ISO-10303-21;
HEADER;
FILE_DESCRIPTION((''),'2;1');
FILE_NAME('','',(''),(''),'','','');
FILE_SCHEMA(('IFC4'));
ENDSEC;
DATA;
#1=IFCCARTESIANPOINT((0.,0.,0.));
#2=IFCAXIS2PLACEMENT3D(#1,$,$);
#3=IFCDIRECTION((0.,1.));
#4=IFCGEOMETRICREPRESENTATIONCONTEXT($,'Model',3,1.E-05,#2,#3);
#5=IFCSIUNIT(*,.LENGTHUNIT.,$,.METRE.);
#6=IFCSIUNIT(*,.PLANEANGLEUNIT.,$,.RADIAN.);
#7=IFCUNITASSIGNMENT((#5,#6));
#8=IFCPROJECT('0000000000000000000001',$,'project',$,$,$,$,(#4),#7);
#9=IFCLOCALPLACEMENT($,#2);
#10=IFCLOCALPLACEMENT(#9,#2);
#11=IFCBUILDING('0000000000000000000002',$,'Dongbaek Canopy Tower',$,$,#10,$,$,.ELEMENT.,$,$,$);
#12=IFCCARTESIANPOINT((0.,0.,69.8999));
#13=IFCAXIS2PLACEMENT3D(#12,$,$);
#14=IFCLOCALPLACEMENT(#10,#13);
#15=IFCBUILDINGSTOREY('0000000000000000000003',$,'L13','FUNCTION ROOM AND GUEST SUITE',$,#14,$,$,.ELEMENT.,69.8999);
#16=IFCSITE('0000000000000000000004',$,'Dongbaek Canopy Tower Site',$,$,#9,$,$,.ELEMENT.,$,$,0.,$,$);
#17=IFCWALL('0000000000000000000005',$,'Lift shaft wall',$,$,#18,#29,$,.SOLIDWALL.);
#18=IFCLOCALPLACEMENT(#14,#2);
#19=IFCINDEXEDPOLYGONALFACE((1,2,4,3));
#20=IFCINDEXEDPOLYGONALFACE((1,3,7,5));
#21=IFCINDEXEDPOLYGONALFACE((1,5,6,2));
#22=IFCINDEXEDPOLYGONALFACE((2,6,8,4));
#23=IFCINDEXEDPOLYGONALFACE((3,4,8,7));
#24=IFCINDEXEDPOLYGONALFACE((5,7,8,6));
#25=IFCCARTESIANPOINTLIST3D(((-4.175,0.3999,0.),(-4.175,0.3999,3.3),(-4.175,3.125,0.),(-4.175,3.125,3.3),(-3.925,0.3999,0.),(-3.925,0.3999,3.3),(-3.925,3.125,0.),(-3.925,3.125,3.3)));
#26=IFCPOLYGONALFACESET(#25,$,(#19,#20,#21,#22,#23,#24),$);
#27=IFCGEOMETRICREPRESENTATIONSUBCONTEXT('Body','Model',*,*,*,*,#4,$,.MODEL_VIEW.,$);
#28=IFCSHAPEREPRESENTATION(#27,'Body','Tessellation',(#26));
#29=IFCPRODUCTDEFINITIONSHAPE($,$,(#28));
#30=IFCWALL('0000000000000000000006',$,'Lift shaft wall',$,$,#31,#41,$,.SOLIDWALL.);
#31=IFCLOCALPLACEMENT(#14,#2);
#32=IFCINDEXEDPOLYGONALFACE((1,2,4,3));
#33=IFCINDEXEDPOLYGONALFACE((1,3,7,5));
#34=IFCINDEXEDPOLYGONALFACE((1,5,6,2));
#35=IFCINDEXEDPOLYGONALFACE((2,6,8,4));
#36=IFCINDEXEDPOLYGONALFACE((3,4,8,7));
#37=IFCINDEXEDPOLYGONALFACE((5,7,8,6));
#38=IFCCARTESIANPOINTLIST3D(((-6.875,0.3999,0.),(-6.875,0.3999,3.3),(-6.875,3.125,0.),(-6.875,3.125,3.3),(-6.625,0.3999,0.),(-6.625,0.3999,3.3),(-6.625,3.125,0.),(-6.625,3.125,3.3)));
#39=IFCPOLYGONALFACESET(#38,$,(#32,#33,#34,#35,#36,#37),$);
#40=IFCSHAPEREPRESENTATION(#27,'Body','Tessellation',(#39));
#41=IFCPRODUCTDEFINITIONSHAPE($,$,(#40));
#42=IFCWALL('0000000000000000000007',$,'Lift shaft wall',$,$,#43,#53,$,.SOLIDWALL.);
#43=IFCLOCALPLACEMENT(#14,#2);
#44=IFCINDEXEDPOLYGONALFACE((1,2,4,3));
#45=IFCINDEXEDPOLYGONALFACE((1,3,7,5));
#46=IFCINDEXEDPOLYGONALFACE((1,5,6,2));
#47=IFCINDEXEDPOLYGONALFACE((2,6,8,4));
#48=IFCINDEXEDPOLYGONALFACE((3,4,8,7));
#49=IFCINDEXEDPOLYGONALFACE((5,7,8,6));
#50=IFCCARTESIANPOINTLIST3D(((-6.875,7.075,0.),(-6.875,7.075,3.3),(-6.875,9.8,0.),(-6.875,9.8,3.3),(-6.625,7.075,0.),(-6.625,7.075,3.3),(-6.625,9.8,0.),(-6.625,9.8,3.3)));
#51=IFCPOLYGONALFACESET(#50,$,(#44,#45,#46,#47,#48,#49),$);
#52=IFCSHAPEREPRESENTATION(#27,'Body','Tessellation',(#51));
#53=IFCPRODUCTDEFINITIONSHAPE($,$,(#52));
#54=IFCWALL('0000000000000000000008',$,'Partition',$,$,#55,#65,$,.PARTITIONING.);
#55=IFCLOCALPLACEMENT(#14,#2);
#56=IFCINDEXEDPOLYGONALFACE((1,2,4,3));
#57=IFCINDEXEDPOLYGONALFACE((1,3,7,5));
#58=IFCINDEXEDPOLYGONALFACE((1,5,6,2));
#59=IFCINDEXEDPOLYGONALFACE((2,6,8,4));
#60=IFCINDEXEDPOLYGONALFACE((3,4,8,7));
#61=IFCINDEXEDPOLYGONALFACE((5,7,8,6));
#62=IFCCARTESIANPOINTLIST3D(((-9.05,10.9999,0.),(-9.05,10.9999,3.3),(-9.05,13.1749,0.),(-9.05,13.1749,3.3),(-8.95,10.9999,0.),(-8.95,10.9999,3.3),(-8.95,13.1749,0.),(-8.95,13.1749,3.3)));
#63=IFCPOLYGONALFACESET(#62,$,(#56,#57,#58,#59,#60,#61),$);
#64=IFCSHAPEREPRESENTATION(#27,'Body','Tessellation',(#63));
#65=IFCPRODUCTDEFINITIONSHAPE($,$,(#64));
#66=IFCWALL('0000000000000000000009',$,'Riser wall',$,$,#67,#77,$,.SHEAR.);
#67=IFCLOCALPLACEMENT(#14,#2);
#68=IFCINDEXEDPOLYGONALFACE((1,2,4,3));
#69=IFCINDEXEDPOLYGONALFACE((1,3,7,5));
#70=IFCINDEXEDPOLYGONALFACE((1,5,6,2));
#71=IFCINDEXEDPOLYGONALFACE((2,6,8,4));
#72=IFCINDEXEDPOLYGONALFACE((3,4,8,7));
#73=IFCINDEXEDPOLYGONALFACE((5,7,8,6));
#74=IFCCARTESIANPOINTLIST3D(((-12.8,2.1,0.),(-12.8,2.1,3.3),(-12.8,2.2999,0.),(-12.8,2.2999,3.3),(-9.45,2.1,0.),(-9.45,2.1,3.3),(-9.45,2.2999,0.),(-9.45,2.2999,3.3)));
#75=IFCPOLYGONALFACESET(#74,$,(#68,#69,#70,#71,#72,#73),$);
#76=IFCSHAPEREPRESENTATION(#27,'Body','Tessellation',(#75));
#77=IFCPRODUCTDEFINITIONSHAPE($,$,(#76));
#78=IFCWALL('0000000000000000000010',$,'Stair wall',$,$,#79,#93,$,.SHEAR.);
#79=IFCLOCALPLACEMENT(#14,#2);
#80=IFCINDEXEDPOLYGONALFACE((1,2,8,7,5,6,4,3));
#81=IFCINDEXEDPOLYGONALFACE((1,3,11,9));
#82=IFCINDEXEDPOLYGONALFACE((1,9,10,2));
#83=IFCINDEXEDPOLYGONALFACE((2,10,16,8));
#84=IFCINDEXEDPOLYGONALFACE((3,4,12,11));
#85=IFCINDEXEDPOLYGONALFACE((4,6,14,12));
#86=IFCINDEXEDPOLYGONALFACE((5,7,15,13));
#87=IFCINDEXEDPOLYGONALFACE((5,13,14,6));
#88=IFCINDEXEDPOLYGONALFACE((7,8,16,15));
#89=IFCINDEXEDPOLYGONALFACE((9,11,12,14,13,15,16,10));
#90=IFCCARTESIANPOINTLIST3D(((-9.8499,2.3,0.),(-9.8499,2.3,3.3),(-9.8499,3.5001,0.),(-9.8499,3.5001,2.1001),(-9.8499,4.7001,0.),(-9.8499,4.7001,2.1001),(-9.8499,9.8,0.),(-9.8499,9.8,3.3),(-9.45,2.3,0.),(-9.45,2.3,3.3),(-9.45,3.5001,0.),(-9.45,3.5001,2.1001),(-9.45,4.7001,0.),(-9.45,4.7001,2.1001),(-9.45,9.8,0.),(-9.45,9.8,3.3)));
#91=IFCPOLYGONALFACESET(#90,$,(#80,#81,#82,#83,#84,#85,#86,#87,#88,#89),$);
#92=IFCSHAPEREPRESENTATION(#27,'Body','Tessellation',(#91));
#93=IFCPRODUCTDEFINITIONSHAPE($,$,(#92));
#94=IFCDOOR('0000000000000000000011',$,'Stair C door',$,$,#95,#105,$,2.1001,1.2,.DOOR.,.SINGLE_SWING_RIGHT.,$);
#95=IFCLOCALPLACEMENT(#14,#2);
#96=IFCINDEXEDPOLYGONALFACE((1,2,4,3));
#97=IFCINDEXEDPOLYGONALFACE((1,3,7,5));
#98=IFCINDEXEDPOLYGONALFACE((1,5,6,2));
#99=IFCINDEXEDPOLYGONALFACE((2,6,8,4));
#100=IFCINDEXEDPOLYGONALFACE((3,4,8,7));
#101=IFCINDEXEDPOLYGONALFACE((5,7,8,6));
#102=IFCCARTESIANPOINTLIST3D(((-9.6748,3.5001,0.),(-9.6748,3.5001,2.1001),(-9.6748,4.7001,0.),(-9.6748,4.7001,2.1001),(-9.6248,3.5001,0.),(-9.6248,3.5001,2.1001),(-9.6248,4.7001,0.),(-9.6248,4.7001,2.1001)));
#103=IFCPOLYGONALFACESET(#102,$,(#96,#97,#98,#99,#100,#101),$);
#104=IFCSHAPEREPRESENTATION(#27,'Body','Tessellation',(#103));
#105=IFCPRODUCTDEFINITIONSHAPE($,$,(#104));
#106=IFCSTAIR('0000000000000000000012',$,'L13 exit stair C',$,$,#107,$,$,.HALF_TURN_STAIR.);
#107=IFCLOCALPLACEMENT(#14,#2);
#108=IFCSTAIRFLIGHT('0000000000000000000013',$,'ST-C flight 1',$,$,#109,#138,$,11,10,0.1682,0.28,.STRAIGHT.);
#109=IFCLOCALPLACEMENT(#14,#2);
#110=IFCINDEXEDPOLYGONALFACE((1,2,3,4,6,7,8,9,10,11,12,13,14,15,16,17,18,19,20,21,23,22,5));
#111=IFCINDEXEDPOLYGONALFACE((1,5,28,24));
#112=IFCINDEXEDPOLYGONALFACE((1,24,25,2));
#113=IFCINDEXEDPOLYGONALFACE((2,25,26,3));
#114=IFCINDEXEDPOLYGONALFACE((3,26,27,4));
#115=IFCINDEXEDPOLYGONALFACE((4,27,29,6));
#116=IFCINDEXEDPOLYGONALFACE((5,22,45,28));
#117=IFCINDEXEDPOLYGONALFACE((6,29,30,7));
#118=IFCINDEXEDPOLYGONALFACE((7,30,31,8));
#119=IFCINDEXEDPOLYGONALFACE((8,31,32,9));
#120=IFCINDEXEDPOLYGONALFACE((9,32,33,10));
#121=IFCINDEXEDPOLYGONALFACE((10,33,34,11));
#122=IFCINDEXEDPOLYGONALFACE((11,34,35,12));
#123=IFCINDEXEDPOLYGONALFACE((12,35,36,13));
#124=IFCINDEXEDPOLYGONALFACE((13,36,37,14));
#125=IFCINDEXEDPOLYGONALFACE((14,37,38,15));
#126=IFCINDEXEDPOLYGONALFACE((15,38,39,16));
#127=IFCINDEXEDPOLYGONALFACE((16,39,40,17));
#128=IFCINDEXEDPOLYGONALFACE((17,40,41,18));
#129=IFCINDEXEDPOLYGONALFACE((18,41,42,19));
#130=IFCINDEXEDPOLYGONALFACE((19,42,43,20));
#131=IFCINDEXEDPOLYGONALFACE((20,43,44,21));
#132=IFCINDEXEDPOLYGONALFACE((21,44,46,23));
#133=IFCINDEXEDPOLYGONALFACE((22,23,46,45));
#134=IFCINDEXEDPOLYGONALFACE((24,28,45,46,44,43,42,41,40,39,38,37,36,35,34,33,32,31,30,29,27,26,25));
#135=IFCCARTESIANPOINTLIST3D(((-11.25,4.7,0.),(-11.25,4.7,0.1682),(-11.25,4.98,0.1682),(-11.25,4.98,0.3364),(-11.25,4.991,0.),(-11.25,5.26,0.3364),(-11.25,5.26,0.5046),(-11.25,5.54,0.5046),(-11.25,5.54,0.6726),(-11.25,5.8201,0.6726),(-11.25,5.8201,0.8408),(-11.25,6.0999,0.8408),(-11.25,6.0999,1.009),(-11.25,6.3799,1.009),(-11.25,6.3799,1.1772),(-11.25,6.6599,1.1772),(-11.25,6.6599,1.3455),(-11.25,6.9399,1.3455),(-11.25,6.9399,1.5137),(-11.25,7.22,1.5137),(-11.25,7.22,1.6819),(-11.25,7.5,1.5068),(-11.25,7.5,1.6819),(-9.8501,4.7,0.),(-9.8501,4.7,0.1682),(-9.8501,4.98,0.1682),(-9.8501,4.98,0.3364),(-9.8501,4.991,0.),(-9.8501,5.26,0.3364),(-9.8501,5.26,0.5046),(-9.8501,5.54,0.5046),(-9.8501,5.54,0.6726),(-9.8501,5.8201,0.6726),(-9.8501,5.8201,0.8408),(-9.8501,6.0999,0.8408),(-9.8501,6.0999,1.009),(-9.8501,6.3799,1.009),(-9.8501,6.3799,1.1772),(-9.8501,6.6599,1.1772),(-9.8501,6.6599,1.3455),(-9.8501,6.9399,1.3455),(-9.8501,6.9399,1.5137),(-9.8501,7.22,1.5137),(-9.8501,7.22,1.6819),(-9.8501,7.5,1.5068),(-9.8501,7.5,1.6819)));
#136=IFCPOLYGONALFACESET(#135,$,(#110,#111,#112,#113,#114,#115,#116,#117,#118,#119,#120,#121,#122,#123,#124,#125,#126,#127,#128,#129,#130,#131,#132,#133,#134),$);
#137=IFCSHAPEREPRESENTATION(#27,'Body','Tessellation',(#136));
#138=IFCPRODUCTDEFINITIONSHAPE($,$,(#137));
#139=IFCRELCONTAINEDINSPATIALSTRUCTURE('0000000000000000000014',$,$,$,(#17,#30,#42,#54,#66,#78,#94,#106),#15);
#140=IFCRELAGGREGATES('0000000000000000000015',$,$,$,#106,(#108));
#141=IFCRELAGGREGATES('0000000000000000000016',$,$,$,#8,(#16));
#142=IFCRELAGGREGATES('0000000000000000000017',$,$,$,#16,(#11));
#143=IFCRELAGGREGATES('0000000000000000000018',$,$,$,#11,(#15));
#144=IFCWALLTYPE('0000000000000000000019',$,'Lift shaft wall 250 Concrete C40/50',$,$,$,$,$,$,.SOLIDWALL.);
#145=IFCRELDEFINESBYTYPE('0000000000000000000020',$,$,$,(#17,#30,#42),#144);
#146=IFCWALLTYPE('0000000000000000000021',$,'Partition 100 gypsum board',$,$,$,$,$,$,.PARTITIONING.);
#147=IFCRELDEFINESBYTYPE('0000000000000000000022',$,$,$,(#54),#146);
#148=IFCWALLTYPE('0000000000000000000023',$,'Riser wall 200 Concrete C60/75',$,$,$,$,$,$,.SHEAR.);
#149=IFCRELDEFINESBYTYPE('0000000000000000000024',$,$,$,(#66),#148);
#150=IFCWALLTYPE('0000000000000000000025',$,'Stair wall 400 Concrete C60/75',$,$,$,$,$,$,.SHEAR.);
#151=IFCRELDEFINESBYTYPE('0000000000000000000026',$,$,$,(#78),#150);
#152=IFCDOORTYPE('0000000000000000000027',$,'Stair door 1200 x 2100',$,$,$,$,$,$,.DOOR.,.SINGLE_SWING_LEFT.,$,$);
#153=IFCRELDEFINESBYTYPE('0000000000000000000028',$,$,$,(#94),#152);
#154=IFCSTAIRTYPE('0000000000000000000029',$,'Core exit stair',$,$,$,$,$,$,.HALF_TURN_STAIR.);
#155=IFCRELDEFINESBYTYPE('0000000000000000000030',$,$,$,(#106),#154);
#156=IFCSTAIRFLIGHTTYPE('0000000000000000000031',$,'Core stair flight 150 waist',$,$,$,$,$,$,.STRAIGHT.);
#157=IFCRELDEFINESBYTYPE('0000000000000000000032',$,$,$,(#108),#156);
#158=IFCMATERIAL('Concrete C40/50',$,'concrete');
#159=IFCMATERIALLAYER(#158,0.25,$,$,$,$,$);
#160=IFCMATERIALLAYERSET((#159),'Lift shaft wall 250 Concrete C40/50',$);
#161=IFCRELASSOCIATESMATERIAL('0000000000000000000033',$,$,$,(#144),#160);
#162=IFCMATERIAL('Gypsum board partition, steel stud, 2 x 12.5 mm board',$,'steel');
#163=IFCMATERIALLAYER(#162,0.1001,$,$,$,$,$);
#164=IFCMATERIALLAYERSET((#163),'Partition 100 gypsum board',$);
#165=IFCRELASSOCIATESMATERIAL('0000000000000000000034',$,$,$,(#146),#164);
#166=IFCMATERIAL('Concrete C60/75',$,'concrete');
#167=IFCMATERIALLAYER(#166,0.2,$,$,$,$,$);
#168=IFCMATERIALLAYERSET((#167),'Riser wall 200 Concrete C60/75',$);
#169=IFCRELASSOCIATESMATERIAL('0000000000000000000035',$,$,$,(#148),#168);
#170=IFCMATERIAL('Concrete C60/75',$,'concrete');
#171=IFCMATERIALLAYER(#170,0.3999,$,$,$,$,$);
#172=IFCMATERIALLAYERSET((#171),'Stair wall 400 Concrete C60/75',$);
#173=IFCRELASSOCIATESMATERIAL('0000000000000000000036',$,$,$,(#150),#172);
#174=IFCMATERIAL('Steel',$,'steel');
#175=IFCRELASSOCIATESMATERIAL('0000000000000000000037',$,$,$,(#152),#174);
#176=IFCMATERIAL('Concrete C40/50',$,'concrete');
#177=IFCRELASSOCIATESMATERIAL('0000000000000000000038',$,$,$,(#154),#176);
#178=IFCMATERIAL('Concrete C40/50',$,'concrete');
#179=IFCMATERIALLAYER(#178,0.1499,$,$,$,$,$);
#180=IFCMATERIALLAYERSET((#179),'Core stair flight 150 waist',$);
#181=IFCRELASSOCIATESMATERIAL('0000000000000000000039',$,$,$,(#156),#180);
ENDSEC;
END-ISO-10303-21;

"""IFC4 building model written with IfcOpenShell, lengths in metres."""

from ifc_helpers import new_model, si_unit, direction, frame, frame_2d, origin, place, context, subcontext, project, spatial, polyline, rectangle, outline, extrude, material, layer, layer_set, type_object, element, fill, aggregate, save


model = new_model("IFC4")

# Units and contexts
model_context = context("Model", 3, precision=1e-05, world=origin(), true_north=direction((0.0, 1.0)))
body_context = subcontext(model_context, "Body", "Model", "MODEL_VIEW")
ifc_project = project(units=[si_unit("LENGTHUNIT", "METRE"), si_unit("PLANEANGLEUNIT", "RADIAN")], contexts=[model_context])

# Site, building, storey
site_placement = place(None, origin())
site = spatial("IfcSite", under=ifc_project, at=site_placement, Name="Dongbaek Canopy Tower Site", CompositionType="ELEMENT", RefElevation=0.0)
building_placement = place(site_placement, origin())
building = spatial("IfcBuilding", under=site, at=building_placement, Name="Dongbaek Canopy Tower", CompositionType="ELEMENT")
storey_placement = place(building_placement, frame((0.0, 0.0, 69.8999)))
storey = spatial("IfcBuildingStorey", under=building, at=storey_placement, Name="L13", Description="FUNCTION ROOM AND GUEST SUITE", CompositionType="ELEMENT", Elevation=69.8999)

# Walls
ifc_material_1 = material(Name="Concrete C40/50", Category="concrete")
ifc_layer_1 = layer(ifc_material_1, 0.25)
ifc_layer_set_1 = layer_set([ifc_layer_1], Name="Lift shaft wall 250 Concrete C40/50")
wall_type_1 = type_object("IfcWallType", Name="Lift shaft wall 250 Concrete C40/50", PredefinedType="SOLIDWALL", material=ifc_layer_set_1)
for number, where, z_axis, x_axis, name in (
    (1, (-4.05, 0.3999, 0.0), (0.0, 0.0, 1.0), (0.0, 1.0, 0.0), "Lift shaft wall"),
    (2, (-6.75, 0.3999, 0.0), (0.0, 0.0, 1.0), (0.0, 1.0, 0.0), "Lift shaft wall"),
    (3, (-6.75, 7.075, 0.0), (0.0, 0.0, 1.0), (0.0, 1.0, 0.0), "Lift shaft wall"),
):
    element("IfcWall", number, at=place(storey_placement, frame(where, z_axis=z_axis, x_axis=x_axis)), inside=storey, type_object=wall_type_1, Name=name, PredefinedType="SOLIDWALL", context=body_context, shape_type="SweptSolid", body=[
        extrude(rectangle(XDim=2.7251, YDim=0.25, at=frame_2d((1.3625, 0.0))), origin(), (0.0, 0.0, 1.0), 3.3),
    ])
ifc_material_2 = material(Name="Gypsum board partition, steel stud, 2 x 12.5 mm board", Category="steel")
ifc_layer_2 = layer(ifc_material_2, 0.1001)
ifc_layer_set_2 = layer_set([ifc_layer_2], Name="Partition 100 gypsum board")
wall_type_2 = type_object("IfcWallType", Name="Partition 100 gypsum board", PredefinedType="PARTITIONING", material=ifc_layer_set_2)
wall_1_placement = place(storey_placement, frame((-9.0, 11.0, 0.0), z_axis=(0.0, 0.0, 1.0), x_axis=(0.0, 1.0, 0.0)))
element("IfcWall", 4, at=wall_1_placement, inside=storey, type_object=wall_type_2, Name="Partition", PredefinedType="PARTITIONING", context=body_context, shape_type="SweptSolid", body=[
    extrude(rectangle(XDim=2.175, YDim=0.1001, at=frame_2d((1.0874, 0.0))), origin(), (0.0, 0.0, 1.0), 3.3),
])
ifc_material_3 = material(Name="Concrete C60/75", Category="concrete")
ifc_layer_3 = layer(ifc_material_3, 0.2)
ifc_layer_set_3 = layer_set([ifc_layer_3], Name="Riser wall 200 Concrete C60/75")
wall_type_3 = type_object("IfcWallType", Name="Riser wall 200 Concrete C60/75", PredefinedType="SHEAR", material=ifc_layer_set_3)
wall_2_placement = place(storey_placement, frame((-9.45, 2.2, 0.0), z_axis=(0.0, 0.0, 1.0), x_axis=(-1.0, 0.0, 0.0)))
element("IfcWall", 5, at=wall_2_placement, inside=storey, type_object=wall_type_3, Name="Riser wall", PredefinedType="SHEAR", context=body_context, shape_type="SweptSolid", body=[
    extrude(rectangle(XDim=3.3501, YDim=0.2, at=frame_2d((1.675, 0.0))), origin(), (0.0, 0.0, 1.0), 3.3),
])

# Wall, opening, door
ifc_material_4 = material(Name="Concrete C60/75", Category="concrete")
ifc_layer_4 = layer(ifc_material_4, 0.3999)
ifc_layer_set_4 = layer_set([ifc_layer_4], Name="Stair wall 400 Concrete C60/75")
wall_type_4 = type_object("IfcWallType", Name="Stair wall 400 Concrete C60/75", PredefinedType="SHEAR", material=ifc_layer_set_4)
wall_3_placement = place(storey_placement, frame((-9.6499, 2.3, 0.0), z_axis=(0.0, 0.0, 1.0), x_axis=(0.0, 1.0, 0.0)))
wall_3 = element("IfcWall", 6, at=wall_3_placement, inside=storey, type_object=wall_type_4, Name="Stair wall", PredefinedType="SHEAR", context=body_context, shape_type="SweptSolid", body=[
    extrude(rectangle(XDim=7.5, YDim=0.3999, at=frame_2d((3.75, 0.0))), origin(), (0.0, 0.0, 1.0), 3.3),
])
opening_1_placement = place(wall_3_placement, frame((1.2, 0.0, 0.0)))
opening_1 = element("IfcOpeningElement", 7, at=opening_1_placement, cuts=wall_3, PredefinedType="OPENING", context=body_context, shape_type="SweptSolid", body=[
    extrude(rectangle(XDim=1.2, YDim=2.1001, at=frame_2d((0.6001, 1.05))), frame((0.0, 0.21, 0.0), z_axis=(0.0, -1.0, 0.0), x_axis=(1.0, 0.0, 0.0)), (0.0, 0.0, 1.0), 0.4199),
])
ifc_material_5 = material(Name="Steel", Category="steel")
door_type_1 = type_object("IfcDoorType", Name="Stair door 1200 x 2100", OperationType="SINGLE_SWING_LEFT", PredefinedType="DOOR", material=ifc_material_5)
door_1_placement = place(opening_1_placement, origin())
door_1 = element("IfcDoor", 8, at=door_1_placement, inside=storey, type_object=door_type_1, Name="Stair C door", OperationType="SINGLE_SWING_RIGHT", OverallHeight=2.1001, OverallWidth=1.2, PredefinedType="DOOR", context=body_context, shape_type="SweptSolid", body=[
    extrude(rectangle(XDim=1.2, YDim=2.1001, at=frame_2d((0.6001, 1.05))), frame((0.0, 0.0249, 0.0), z_axis=(0.0, -1.0, 0.0), x_axis=(1.0, 0.0, 0.0)), (0.0, 0.0, 1.0), 0.05),
])
fill(opening_1, door_1)

# Stair, stair flight
ifc_material_6 = material(Name="Concrete C40/50", Category="concrete")
stair_type = type_object("IfcStairType", Name="Core exit stair", PredefinedType="HALF_TURN_STAIR", material=ifc_material_6)
stair_placement = place(storey_placement, origin())
stair = element("IfcStair", 9, at=stair_placement, inside=storey, type_object=stair_type, Name="L13 exit stair C", PredefinedType="HALF_TURN_STAIR")
ifc_material_7 = material(Name="Concrete C40/50", Category="concrete")
ifc_layer_5 = layer(ifc_material_7, 0.1499)
ifc_layer_set_5 = layer_set([ifc_layer_5], Name="Core stair flight 150 waist")
stair_flight_type = type_object("IfcStairFlightType", Name="Core stair flight 150 waist", PredefinedType="STRAIGHT", material=ifc_layer_set_5)
stair_flight_placement = place(storey_placement, frame((-10.55, 4.7, 0.0), z_axis=(0.0, 0.0, 1.0), x_axis=(0.0, 1.0, 0.0)))
stair_flight = element("IfcStairFlight", 10, at=stair_flight_placement, type_object=stair_flight_type, Name="ST-C flight 1", NumberOfRisers=11, NumberOfTreads=10, PredefinedType="STRAIGHT", RiserHeight=0.1682, TreadLength=0.28, context=body_context, shape_type="SweptSolid", body=[
    extrude(outline(polyline([(0.0, 0.0), (0.0, 0.1682), (0.28, 0.1682), (0.28, 0.3364), (0.5601, 0.3364), (0.5601, 0.5046), (0.8401, 0.5046), (0.8401, 0.6726), (1.1201, 0.6726), (1.1201, 0.8408), (1.3999, 0.8408), (1.3999, 1.009), (1.6799, 1.009), (1.6799, 1.1772), (1.96, 1.1772), (1.96, 1.3455), (2.24, 1.3455), (2.24, 1.5137), (2.52, 1.5137), (2.52, 1.6819), (2.8, 1.6819), (2.8, 1.8501), (2.8, 1.5068), (0.291, 0.0), (0.0, 0.0)])), frame((0.0, 0.7, 0.0), z_axis=(0.0, -1.0, 0.0), x_axis=(1.0, 0.0, 0.0)), (0.0, 0.0, 1.0), 1.3999),
])
aggregate(stair, [stair_flight])

save(model, "model.ifc")
